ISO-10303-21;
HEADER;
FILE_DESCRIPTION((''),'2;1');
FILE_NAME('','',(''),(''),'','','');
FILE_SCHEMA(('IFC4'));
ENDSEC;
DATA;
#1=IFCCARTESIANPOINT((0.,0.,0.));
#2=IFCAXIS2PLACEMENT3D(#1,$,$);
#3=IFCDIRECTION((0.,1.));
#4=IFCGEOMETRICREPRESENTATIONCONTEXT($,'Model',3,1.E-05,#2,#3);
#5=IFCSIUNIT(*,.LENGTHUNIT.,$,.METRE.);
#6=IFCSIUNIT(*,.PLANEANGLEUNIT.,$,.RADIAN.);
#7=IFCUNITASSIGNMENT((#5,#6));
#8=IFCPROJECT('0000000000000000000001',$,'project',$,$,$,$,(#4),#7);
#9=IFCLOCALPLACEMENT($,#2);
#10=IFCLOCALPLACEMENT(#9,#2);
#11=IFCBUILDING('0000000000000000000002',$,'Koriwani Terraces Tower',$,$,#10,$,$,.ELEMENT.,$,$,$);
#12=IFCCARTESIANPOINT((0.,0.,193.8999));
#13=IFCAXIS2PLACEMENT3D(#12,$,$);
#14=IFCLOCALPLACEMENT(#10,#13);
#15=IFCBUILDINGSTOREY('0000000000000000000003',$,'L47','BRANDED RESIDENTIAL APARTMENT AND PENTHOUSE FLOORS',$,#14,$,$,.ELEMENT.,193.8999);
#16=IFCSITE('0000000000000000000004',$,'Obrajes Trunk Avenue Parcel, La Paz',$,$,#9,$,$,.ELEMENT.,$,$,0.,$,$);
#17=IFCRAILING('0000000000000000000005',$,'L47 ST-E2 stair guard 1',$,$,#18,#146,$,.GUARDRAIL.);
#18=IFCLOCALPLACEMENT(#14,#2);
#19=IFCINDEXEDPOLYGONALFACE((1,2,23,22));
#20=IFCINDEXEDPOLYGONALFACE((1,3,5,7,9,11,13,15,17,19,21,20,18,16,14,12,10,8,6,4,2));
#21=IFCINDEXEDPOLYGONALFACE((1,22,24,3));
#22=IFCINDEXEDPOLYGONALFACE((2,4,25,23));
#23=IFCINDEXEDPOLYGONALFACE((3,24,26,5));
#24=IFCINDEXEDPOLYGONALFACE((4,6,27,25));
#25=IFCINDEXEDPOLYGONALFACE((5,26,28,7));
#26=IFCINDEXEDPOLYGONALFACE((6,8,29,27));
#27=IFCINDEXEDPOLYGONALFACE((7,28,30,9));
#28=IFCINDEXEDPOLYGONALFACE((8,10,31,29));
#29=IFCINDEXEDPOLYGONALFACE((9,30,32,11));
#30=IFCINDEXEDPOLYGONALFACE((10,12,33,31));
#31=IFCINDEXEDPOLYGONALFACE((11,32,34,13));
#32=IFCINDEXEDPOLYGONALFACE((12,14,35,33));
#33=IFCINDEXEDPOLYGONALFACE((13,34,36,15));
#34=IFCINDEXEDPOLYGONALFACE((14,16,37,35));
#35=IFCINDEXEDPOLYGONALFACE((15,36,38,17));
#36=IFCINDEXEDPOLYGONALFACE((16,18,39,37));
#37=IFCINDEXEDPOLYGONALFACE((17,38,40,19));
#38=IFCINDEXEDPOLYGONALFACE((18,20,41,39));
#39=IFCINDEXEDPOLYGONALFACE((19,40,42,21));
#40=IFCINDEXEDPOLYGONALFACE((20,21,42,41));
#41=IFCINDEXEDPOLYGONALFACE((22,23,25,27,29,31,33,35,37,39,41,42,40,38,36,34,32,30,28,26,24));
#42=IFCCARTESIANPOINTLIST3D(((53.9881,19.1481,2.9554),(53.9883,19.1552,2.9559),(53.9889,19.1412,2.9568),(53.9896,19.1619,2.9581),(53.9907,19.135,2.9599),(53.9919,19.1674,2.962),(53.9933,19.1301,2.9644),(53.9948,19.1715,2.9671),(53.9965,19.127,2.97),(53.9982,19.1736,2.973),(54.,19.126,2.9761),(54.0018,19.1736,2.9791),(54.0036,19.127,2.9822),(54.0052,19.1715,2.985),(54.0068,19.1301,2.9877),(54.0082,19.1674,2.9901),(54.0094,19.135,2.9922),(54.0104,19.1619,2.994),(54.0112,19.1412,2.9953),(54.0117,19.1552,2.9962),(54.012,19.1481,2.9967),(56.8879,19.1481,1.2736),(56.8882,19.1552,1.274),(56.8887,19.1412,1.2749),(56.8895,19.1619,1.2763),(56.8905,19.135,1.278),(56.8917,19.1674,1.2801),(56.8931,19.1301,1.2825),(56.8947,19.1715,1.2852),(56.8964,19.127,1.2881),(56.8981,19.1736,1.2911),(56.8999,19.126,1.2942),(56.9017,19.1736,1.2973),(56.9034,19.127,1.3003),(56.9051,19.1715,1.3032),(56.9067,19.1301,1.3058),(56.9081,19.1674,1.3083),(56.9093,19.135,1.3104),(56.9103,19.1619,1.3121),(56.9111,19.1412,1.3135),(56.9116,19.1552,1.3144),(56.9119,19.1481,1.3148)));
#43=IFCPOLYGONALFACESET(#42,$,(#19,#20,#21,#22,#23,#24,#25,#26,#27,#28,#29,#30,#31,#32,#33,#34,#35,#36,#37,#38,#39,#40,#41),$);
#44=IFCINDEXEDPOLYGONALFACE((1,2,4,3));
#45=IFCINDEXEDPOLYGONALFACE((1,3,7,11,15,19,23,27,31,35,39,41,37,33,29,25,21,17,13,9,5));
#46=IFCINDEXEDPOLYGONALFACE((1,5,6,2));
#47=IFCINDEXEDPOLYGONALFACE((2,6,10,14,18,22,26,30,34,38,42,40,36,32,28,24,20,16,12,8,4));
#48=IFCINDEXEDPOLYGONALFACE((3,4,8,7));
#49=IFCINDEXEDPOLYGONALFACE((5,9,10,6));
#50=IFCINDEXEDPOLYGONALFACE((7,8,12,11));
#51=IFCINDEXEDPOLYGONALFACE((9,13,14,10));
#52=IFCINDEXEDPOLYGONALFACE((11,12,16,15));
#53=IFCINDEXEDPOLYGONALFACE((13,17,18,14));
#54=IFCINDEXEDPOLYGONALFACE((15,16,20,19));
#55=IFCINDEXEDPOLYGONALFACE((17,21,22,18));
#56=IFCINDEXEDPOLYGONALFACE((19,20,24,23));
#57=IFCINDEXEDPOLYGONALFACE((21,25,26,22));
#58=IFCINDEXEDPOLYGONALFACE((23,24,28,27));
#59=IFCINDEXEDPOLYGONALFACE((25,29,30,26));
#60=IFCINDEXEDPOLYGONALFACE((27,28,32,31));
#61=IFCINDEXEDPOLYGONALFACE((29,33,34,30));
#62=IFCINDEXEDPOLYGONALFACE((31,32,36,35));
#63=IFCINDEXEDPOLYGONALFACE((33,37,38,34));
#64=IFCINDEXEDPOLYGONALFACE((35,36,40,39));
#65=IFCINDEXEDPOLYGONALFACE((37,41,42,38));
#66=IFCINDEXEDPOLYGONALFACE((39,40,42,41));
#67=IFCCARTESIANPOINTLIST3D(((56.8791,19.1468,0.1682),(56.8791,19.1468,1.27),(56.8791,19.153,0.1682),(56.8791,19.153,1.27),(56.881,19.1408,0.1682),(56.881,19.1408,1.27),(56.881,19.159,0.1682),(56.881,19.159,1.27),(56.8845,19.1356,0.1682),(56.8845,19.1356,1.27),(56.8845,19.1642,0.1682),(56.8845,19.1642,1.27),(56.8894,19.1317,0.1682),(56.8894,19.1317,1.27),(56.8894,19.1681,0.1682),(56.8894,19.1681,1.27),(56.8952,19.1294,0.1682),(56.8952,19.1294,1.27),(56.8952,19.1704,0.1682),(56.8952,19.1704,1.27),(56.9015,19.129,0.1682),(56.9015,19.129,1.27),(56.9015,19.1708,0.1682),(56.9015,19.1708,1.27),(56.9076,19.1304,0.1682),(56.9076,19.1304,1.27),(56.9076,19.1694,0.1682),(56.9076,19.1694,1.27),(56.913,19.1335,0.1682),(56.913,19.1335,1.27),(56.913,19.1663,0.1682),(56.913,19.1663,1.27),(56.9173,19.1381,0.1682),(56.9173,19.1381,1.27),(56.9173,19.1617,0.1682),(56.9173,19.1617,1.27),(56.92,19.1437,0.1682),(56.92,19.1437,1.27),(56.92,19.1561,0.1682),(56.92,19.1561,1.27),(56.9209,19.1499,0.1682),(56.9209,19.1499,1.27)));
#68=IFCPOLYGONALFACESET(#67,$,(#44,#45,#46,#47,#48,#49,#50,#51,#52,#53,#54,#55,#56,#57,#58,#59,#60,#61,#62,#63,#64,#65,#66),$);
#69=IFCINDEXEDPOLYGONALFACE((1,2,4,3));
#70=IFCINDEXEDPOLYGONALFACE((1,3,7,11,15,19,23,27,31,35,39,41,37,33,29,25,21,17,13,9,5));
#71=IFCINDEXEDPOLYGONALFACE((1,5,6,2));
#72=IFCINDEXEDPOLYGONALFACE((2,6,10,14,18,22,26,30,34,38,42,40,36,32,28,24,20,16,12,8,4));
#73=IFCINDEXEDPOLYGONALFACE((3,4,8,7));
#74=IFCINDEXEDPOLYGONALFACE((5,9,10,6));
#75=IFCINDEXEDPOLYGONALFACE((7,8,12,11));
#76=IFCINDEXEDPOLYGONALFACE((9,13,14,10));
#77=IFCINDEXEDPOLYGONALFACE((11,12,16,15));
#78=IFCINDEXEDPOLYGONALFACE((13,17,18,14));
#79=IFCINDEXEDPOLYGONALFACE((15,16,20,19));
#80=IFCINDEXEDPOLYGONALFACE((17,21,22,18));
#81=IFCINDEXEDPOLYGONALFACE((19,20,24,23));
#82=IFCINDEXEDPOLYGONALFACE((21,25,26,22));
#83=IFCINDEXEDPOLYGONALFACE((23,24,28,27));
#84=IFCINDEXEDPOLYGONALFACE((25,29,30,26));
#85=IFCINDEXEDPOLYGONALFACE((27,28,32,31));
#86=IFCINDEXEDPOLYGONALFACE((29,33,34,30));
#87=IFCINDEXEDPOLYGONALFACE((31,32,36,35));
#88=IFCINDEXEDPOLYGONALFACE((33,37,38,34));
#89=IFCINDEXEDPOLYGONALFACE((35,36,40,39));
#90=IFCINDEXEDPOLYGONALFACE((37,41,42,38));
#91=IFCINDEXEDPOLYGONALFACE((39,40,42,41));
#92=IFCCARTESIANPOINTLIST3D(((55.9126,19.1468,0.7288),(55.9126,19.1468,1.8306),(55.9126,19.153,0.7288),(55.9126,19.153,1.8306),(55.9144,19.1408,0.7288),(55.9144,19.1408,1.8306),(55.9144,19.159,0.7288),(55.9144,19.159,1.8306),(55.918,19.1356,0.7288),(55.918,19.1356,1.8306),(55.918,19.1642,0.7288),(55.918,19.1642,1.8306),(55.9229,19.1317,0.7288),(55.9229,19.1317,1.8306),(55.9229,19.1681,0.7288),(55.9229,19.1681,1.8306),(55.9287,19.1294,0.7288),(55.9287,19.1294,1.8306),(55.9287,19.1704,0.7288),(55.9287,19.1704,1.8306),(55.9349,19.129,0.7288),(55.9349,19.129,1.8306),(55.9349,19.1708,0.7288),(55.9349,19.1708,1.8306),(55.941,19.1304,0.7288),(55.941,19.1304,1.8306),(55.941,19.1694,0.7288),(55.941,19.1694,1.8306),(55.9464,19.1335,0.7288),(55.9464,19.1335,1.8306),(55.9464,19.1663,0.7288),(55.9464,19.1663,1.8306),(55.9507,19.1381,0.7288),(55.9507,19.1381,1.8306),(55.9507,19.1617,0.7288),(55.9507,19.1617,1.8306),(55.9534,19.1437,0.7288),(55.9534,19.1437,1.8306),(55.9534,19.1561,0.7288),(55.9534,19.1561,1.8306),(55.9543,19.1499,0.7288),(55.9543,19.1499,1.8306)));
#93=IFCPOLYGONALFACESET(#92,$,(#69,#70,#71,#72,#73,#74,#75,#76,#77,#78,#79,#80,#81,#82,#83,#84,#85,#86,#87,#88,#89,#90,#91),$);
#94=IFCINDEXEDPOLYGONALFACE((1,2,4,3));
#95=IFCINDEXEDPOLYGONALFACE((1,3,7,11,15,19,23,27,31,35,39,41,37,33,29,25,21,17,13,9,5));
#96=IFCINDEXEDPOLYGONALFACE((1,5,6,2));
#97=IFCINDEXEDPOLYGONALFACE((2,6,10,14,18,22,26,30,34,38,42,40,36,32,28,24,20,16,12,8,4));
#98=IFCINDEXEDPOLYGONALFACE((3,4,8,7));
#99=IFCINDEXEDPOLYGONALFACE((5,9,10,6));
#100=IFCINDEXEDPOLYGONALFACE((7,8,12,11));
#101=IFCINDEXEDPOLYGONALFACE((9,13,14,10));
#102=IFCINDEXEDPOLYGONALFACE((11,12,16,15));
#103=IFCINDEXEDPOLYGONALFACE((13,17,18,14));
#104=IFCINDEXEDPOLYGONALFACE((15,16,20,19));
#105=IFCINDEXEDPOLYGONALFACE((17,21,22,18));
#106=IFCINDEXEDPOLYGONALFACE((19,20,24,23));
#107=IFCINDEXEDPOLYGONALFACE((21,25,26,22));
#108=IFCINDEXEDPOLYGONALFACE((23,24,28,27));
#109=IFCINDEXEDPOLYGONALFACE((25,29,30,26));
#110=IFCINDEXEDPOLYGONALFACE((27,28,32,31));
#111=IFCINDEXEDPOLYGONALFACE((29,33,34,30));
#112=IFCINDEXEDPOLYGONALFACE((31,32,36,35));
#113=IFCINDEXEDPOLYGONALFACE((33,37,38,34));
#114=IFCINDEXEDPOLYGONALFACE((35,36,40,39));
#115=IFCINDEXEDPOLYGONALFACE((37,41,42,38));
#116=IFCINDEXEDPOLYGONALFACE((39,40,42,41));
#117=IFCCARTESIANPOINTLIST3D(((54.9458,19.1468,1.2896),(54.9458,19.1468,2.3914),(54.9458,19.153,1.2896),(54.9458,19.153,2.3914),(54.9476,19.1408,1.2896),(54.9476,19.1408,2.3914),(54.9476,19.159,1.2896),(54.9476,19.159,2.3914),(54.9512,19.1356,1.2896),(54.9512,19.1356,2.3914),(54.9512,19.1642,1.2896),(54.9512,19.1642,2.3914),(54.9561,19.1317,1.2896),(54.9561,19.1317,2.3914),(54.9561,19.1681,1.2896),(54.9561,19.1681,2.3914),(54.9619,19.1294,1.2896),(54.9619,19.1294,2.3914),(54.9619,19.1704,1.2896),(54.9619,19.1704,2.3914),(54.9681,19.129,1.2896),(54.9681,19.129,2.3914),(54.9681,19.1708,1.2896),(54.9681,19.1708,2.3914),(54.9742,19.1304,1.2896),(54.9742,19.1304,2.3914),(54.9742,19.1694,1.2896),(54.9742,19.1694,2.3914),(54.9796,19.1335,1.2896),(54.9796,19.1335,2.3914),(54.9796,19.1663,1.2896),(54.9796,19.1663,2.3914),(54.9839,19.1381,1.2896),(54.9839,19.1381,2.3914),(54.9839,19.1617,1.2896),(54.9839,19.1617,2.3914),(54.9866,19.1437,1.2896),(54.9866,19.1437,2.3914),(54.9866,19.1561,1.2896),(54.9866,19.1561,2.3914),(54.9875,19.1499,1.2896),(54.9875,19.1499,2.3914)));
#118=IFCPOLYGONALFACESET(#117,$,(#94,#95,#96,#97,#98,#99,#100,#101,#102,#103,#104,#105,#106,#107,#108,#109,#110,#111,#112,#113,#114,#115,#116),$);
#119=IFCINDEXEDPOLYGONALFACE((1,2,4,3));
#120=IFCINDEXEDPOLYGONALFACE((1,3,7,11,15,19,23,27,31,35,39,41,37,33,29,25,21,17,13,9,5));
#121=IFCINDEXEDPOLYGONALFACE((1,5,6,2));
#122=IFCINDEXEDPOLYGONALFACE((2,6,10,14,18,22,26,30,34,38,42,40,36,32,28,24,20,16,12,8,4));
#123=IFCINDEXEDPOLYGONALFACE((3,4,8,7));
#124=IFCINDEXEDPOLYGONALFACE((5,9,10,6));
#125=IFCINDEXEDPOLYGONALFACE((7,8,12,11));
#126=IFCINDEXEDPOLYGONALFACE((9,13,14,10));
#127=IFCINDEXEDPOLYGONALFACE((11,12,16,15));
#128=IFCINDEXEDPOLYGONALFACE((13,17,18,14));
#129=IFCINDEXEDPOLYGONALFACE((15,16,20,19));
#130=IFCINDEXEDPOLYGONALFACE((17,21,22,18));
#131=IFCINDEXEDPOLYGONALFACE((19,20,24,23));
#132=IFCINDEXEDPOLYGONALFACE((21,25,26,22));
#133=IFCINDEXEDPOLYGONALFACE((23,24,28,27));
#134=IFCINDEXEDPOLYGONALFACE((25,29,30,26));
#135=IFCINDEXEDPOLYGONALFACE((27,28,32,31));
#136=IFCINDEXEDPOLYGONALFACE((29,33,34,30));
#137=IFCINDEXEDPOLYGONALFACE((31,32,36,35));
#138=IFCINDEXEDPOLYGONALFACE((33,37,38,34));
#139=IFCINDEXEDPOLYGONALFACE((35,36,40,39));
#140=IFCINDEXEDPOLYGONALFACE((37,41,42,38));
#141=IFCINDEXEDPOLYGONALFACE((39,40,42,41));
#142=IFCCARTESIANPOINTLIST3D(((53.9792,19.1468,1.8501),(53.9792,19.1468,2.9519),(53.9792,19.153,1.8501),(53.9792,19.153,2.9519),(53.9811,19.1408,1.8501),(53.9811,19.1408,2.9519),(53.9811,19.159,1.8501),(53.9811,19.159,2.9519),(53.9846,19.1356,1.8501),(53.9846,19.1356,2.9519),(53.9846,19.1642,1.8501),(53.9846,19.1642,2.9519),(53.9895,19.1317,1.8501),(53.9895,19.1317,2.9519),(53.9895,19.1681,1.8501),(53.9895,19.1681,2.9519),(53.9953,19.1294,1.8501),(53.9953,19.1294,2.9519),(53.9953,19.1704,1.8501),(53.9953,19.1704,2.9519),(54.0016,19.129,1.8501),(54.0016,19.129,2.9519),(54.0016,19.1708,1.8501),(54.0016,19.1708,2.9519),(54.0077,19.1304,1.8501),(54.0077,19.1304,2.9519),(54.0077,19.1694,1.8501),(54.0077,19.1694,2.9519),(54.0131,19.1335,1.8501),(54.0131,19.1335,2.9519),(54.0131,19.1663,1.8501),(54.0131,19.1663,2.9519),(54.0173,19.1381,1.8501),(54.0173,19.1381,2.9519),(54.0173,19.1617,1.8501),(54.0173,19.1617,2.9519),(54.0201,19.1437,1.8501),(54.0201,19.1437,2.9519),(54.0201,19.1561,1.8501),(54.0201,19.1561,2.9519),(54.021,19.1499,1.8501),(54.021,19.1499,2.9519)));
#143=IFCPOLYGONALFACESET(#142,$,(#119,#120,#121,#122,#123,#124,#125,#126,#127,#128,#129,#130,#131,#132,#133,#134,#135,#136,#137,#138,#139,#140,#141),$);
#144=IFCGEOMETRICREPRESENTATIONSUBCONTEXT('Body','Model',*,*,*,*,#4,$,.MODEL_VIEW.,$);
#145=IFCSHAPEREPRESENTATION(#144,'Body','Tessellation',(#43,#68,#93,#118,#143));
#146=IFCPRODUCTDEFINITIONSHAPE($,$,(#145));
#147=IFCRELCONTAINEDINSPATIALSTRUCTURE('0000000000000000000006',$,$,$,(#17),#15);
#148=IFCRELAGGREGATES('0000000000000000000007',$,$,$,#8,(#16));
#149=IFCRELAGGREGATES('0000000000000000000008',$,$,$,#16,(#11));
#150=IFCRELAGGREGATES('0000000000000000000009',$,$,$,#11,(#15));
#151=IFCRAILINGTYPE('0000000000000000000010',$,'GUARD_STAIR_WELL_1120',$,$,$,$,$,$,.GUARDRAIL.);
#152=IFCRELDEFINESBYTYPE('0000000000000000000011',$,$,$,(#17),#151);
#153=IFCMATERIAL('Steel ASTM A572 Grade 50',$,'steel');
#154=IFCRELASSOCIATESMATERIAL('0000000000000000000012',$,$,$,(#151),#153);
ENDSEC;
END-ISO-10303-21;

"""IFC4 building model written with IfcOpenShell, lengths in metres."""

from ifc_helpers import new_model, si_unit, direction, frame, origin, origin_2d, place, context, subcontext, project, spatial, circle, extrude, material, type_object, element, save


model = new_model("IFC4")

# Units and contexts
model_context = context("Model", 3, precision=1e-05, world=origin(), true_north=direction((0.0, 1.0)))
body_context = subcontext(model_context, "Body", "Model", "MODEL_VIEW")
ifc_project = project(units=[si_unit("LENGTHUNIT", "METRE"), si_unit("PLANEANGLEUNIT", "RADIAN")], contexts=[model_context])

# Site, building, storey
site_placement = place(None, origin())
site = spatial("IfcSite", under=ifc_project, at=site_placement, Name="Obrajes Trunk Avenue Parcel, La Paz", CompositionType="ELEMENT", RefElevation=0.0)
building_placement = place(site_placement, origin())
building = spatial("IfcBuilding", under=site, at=building_placement, Name="Koriwani Terraces Tower", CompositionType="ELEMENT")
storey_placement = place(building_placement, frame((0.0, 0.0, 193.8999)))
storey = spatial("IfcBuildingStorey", under=building, at=storey_placement, Name="L47", Description="BRANDED RESIDENTIAL APARTMENT AND PENTHOUSE FLOORS", CompositionType="ELEMENT", Elevation=193.8999)

# Shared definitions
ifc_material_1 = material(Name="Steel ASTM A572 Grade 50", Category="steel")

# Railing
railing_type_1 = type_object("IfcRailingType", Name="GUARD_STAIR_WELL_1120", PredefinedType="GUARDRAIL", material=ifc_material_1)
railing_1_placement = place(storey_placement, frame((56.8999, 19.1499, 0.1682)))
element("IfcRailing", 1, at=railing_1_placement, inside=storey, type_object=railing_type_1, Name="L47 ST-E2 stair guard 1", PredefinedType="GUARDRAIL", context=body_context, shape_type="SweptSolid", body=[
    extrude(circle(Radius=0.0239, at=origin_2d()), frame((0.0, 0.0, 1.126), z_axis=(-0.865039, 0.0, 0.501705), x_axis=(0.0, -1.0, 0.0)), (0.0, 0.0, 1.0), 3.3523),
    extrude(circle(Radius=0.021, at=origin_2d()), origin(), (0.0, 0.0, 1.0), 1.1018),
    extrude(circle(Radius=0.021, at=origin_2d()), frame((-0.9666, 0.0, 0.5605)), (0.0, 0.0, 1.0), 1.1018),
    extrude(circle(Radius=0.021, at=origin_2d()), frame((-1.9333, 0.0, 1.1213)), (0.0, 0.0, 1.0), 1.1018),
    extrude(circle(Radius=0.021, at=origin_2d()), frame((-2.8999, 0.0, 1.6819)), (0.0, 0.0, 1.0), 1.1018),
])

save(model, "model.ifc")
